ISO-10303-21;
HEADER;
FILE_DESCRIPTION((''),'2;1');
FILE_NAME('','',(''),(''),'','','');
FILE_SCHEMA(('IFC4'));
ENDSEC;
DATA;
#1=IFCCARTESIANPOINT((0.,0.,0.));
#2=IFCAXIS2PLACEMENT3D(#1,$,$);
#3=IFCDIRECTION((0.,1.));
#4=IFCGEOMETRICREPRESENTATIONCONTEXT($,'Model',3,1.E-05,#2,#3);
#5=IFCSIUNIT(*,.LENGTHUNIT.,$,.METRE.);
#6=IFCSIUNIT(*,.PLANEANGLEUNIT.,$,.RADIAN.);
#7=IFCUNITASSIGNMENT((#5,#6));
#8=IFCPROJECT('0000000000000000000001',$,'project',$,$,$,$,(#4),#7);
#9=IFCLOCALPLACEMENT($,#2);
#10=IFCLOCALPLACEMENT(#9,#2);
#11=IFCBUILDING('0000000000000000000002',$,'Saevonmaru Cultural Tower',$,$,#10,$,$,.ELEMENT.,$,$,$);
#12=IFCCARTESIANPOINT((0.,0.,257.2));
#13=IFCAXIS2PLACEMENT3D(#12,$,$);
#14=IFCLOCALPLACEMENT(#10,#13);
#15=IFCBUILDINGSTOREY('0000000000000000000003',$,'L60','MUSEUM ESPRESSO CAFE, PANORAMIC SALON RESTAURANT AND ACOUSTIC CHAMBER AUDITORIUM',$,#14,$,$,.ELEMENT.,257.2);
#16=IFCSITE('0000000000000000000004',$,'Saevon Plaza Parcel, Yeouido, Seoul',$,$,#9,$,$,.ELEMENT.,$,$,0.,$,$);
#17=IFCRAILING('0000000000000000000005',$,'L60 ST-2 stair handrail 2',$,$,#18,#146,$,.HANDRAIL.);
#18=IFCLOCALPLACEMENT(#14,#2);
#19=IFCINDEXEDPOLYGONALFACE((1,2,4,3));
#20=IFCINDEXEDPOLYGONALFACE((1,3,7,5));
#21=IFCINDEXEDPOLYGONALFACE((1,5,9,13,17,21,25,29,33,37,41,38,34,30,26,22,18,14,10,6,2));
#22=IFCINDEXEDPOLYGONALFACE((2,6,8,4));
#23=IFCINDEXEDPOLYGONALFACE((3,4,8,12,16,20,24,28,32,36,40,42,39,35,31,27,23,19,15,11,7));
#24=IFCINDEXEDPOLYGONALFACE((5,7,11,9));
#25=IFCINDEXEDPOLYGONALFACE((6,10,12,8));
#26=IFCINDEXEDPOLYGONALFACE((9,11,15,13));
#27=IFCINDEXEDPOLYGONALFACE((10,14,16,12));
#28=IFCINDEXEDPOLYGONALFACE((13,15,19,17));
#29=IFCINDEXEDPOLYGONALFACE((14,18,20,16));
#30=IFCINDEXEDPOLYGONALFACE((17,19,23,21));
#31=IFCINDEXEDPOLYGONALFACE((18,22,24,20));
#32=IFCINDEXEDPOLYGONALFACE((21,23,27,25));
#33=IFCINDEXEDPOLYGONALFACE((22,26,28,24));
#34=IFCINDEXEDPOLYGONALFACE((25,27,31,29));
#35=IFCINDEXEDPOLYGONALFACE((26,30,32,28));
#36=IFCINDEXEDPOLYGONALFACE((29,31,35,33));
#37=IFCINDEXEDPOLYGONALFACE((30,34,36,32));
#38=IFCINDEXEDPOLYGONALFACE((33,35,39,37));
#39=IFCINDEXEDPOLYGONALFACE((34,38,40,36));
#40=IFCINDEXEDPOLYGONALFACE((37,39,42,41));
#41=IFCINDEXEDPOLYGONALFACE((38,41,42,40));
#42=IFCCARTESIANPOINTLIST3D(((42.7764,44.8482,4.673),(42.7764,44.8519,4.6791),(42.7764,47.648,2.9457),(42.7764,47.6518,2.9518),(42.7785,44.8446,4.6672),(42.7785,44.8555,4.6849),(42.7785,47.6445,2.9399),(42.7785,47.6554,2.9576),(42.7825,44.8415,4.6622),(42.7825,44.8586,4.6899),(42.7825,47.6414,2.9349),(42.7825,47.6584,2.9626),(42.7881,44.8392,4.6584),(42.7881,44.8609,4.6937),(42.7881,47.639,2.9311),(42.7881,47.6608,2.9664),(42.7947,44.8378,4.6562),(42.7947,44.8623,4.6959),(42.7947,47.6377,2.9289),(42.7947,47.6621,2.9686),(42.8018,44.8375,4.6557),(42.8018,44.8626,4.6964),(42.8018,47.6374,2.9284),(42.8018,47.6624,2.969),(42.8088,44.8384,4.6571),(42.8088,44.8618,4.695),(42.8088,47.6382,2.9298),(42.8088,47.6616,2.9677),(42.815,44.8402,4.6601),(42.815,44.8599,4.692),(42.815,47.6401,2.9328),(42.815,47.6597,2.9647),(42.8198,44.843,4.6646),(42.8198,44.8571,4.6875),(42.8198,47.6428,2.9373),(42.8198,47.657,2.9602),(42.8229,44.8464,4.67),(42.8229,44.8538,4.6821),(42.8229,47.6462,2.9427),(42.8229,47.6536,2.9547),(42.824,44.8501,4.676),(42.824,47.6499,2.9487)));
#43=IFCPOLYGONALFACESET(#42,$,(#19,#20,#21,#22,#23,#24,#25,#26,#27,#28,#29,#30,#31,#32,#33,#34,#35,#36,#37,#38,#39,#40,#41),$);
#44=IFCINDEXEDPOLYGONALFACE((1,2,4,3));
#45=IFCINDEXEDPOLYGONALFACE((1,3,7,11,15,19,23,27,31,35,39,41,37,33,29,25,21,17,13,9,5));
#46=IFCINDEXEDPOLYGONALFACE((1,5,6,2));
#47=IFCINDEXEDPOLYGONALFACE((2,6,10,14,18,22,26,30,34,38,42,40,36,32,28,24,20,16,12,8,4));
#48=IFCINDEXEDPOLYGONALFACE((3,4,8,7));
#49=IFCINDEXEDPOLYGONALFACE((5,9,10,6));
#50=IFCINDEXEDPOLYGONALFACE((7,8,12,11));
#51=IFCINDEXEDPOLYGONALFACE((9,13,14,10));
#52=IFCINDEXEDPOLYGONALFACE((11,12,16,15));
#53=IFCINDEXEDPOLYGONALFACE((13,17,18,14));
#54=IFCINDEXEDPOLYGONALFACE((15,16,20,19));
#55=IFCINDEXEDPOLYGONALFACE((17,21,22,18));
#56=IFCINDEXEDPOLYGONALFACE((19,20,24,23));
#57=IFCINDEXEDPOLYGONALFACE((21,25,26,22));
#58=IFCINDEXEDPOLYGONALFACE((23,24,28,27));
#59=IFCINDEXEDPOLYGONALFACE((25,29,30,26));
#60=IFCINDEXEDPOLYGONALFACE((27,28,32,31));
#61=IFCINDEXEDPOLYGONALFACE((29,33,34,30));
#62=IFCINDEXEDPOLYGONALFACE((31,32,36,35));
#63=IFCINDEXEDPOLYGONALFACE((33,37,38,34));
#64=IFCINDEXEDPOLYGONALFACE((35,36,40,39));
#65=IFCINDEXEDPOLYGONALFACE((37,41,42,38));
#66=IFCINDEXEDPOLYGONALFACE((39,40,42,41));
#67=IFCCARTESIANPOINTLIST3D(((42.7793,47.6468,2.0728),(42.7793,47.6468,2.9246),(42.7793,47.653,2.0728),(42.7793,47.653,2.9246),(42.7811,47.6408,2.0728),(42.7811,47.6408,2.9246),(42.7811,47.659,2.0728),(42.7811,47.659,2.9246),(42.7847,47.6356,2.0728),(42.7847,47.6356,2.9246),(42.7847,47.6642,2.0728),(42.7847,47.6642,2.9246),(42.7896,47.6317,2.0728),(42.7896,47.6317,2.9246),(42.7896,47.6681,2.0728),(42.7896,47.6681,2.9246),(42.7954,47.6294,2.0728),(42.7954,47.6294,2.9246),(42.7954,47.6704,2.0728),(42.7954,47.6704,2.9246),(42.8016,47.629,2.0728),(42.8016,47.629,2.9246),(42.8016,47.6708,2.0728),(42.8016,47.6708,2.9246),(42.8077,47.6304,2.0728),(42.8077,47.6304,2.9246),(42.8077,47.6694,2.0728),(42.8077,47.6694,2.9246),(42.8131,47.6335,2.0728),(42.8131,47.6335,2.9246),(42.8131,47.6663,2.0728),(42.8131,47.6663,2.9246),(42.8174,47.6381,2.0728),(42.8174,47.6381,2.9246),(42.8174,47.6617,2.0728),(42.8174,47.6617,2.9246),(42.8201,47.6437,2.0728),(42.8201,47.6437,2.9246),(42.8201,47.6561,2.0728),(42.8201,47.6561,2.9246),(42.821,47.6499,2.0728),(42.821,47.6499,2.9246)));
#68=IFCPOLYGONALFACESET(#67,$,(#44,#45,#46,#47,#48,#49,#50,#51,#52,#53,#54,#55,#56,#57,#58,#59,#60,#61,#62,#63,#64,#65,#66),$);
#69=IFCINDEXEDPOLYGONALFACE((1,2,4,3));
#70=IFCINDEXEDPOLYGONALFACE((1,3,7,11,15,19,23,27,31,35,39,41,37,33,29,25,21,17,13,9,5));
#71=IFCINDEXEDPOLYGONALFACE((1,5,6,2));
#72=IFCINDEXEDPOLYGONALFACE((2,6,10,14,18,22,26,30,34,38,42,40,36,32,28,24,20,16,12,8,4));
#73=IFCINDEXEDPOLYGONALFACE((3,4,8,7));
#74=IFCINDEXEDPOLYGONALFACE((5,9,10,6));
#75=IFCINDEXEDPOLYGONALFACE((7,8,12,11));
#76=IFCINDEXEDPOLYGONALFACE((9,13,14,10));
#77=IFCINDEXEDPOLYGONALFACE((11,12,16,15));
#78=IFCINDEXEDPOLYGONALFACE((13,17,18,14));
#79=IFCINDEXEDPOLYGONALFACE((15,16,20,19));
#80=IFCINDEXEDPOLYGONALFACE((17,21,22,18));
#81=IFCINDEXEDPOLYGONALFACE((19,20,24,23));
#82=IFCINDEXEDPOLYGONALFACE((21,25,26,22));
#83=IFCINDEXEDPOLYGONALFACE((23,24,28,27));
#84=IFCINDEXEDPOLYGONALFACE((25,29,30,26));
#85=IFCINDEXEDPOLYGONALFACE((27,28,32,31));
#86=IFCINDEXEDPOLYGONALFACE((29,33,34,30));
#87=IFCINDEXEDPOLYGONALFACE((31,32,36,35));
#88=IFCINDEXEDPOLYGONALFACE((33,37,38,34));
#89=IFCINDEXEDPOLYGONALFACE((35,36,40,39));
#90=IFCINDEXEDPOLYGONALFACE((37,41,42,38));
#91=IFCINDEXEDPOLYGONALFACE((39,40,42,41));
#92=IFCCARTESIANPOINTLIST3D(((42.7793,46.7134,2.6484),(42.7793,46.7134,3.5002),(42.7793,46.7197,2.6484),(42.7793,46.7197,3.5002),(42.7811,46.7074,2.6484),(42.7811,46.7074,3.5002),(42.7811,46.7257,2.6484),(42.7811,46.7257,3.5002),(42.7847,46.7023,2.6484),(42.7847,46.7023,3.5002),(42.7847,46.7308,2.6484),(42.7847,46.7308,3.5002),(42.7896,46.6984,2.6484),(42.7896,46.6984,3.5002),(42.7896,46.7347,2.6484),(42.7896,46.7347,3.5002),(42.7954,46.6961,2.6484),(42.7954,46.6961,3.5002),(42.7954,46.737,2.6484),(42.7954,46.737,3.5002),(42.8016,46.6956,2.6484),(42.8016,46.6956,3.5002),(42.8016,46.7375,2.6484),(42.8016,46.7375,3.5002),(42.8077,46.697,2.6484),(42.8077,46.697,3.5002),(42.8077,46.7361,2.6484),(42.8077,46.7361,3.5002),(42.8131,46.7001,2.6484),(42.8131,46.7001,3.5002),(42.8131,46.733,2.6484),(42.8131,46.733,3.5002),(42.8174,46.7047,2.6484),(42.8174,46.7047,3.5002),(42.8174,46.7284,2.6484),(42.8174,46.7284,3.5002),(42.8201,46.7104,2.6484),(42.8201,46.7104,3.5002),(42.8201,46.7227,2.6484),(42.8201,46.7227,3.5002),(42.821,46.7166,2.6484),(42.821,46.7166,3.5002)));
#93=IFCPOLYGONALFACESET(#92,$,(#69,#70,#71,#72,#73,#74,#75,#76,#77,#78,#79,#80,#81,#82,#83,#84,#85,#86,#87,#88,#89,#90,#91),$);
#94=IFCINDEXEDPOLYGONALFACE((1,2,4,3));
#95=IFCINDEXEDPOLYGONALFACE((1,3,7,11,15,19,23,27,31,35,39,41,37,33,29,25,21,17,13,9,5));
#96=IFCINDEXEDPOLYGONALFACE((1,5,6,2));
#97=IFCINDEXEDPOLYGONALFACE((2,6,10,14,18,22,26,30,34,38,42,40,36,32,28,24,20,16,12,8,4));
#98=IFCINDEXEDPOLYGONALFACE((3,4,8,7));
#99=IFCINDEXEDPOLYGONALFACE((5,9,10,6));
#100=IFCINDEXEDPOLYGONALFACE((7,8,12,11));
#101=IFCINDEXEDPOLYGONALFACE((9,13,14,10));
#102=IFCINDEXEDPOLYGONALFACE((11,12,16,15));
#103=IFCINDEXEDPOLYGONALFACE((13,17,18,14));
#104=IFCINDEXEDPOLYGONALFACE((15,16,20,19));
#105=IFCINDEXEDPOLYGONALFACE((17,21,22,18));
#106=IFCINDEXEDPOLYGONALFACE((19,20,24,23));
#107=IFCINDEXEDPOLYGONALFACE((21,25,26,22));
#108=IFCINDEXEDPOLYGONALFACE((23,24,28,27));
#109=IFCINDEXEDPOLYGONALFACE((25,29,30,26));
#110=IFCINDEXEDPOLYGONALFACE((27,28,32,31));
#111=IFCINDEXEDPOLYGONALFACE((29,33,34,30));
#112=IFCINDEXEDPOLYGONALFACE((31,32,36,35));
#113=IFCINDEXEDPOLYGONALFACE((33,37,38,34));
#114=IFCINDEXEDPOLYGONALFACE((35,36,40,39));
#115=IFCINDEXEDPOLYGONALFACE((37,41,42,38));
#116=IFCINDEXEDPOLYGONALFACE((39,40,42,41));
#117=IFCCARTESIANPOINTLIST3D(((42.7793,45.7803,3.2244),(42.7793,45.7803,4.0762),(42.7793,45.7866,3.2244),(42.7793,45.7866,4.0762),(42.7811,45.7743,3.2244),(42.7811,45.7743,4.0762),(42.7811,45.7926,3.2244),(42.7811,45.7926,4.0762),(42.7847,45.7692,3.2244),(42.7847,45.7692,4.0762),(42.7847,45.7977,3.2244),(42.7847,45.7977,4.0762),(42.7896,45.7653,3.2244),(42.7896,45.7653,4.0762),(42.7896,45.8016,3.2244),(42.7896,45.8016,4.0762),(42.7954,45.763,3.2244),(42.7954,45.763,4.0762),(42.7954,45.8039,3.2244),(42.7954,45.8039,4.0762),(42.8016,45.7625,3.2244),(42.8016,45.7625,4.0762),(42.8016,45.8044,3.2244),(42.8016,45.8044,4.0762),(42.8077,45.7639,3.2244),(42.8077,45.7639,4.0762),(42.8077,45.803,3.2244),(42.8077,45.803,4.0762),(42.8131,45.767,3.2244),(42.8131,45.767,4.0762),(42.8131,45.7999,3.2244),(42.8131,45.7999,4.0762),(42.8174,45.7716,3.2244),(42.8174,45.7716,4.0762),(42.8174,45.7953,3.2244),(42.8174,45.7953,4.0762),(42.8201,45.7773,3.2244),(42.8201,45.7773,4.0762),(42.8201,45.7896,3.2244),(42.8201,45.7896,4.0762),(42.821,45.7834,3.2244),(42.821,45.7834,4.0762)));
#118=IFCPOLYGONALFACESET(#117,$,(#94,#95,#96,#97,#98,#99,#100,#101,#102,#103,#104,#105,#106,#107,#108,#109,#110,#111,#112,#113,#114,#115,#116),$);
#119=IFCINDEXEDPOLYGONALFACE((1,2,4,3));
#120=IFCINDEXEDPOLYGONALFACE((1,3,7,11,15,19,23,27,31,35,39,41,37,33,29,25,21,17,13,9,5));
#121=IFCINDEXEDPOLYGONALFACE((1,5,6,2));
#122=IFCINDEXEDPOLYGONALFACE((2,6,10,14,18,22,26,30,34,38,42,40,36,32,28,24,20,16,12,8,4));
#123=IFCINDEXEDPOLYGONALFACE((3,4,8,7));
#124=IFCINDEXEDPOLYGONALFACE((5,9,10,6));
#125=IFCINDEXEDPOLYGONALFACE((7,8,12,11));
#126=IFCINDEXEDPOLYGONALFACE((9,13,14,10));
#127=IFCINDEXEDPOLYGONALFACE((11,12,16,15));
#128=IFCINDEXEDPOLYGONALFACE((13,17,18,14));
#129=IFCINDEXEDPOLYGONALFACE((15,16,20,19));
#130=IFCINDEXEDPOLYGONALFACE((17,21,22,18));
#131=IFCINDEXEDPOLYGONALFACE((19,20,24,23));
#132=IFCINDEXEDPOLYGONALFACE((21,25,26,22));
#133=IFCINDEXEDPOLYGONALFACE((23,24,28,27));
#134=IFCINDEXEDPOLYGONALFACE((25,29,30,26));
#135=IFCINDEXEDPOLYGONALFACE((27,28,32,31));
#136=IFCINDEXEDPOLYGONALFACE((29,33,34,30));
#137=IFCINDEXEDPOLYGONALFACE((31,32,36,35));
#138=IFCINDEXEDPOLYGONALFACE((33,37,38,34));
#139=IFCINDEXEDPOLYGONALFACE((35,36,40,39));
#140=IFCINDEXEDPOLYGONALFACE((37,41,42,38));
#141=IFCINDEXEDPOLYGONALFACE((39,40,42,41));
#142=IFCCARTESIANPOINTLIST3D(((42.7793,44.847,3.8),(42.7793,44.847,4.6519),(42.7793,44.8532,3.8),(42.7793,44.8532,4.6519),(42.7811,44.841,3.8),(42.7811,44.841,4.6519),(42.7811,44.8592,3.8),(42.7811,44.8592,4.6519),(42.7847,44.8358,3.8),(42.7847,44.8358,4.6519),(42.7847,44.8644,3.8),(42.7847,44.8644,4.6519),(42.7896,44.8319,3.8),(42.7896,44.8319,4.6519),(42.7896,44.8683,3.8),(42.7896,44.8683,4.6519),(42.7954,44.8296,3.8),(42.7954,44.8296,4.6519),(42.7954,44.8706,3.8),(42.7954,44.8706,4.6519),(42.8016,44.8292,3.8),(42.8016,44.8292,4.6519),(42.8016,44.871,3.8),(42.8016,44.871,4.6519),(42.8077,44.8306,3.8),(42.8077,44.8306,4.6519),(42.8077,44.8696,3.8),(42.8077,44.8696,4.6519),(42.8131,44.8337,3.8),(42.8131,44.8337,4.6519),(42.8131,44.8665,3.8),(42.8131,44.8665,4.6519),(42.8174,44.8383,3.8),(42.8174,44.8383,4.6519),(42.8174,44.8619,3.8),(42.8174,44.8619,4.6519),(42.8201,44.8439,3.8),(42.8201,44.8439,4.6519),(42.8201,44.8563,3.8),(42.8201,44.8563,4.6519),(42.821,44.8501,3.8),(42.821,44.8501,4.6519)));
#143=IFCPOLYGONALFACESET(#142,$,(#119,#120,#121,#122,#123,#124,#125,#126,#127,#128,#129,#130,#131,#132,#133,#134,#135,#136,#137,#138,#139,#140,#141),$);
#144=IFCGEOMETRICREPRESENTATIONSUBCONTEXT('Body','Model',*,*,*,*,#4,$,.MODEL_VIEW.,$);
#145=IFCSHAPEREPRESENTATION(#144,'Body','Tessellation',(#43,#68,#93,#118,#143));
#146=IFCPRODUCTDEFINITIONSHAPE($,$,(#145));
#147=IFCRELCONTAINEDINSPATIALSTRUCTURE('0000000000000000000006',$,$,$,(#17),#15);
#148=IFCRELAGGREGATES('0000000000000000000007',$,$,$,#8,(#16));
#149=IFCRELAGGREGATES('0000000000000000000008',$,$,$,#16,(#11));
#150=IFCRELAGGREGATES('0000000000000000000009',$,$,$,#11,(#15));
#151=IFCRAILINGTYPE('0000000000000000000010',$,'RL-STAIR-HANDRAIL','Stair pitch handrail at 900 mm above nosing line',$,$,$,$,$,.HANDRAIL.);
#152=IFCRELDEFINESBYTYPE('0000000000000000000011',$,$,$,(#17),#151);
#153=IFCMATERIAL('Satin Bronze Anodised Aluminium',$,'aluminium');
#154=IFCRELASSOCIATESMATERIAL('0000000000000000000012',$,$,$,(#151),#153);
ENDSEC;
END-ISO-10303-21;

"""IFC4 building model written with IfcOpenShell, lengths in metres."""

from ifc_helpers import new_model, si_unit, direction, frame, origin, origin_2d, place, context, subcontext, project, spatial, circle, extrude, material, type_object, element, save


model = new_model("IFC4")

# Units and contexts
model_context = context("Model", 3, precision=1e-05, world=origin(), true_north=direction((0.0, 1.0)))
body_context = subcontext(model_context, "Body", "Model", "MODEL_VIEW")
ifc_project = project(units=[si_unit("LENGTHUNIT", "METRE"), si_unit("PLANEANGLEUNIT", "RADIAN")], contexts=[model_context])

# Site, building, storey
site_placement = place(None, origin())
site = spatial("IfcSite", under=ifc_project, at=site_placement, Name="Saevon Plaza Parcel, Yeouido, Seoul", CompositionType="ELEMENT", RefElevation=0.0)
building_placement = place(site_placement, origin())
building = spatial("IfcBuilding", under=site, at=building_placement, Name="Saevonmaru Cultural Tower", CompositionType="ELEMENT")
storey_placement = place(building_placement, frame((0.0, 0.0, 257.2)))
storey = spatial("IfcBuildingStorey", under=building, at=storey_placement, Name="L60", Description="MUSEUM ESPRESSO CAFE, PANORAMIC SALON RESTAURANT AND ACOUSTIC CHAMBER AUDITORIUM", CompositionType="ELEMENT", Elevation=257.2)

# Shared definitions
ifc_material_1 = material(Name="Satin Bronze Anodised Aluminium", Category="aluminium")

# Railing
railing_type_1 = type_object("IfcRailingType", Name="RL-STAIR-HANDRAIL", Description="Stair pitch handrail at 900 mm above nosing line", PredefinedType="HANDRAIL", material=ifc_material_1)
railing_1_placement = place(storey_placement, frame((42.8, 47.6499, 2.0728)))
element("IfcRailing", 1, at=railing_1_placement, inside=storey, type_object=railing_type_1, Name="L60 ST-2 stair handrail 2", PredefinedType="HANDRAIL", context=body_context, shape_type="SweptSolid", body=[
    extrude(circle(Radius=0.0239, at=origin_2d()), frame((0.0, 0.0, 0.876), z_axis=(0.0, -0.851069, 0.525054), x_axis=(1.0, 0.0, 0.0)), (0.0, 0.0, 1.0), 3.2898),
    extrude(circle(Radius=0.021, at=origin_2d()), origin(), (0.0, 0.0, 1.0), 0.8518),
    extrude(circle(Radius=0.021, at=origin_2d()), frame((0.0, -0.9333, 0.5757)), (0.0, 0.0, 1.0), 0.8518),
    extrude(circle(Radius=0.021, at=origin_2d()), frame((0.0, -1.8665, 1.1516)), (0.0, 0.0, 1.0), 0.8518),
    extrude(circle(Radius=0.021, at=origin_2d()), frame((0.0, -2.7998, 1.7273)), (0.0, 0.0, 1.0), 0.8518),
])

save(model, "model.ifc")
